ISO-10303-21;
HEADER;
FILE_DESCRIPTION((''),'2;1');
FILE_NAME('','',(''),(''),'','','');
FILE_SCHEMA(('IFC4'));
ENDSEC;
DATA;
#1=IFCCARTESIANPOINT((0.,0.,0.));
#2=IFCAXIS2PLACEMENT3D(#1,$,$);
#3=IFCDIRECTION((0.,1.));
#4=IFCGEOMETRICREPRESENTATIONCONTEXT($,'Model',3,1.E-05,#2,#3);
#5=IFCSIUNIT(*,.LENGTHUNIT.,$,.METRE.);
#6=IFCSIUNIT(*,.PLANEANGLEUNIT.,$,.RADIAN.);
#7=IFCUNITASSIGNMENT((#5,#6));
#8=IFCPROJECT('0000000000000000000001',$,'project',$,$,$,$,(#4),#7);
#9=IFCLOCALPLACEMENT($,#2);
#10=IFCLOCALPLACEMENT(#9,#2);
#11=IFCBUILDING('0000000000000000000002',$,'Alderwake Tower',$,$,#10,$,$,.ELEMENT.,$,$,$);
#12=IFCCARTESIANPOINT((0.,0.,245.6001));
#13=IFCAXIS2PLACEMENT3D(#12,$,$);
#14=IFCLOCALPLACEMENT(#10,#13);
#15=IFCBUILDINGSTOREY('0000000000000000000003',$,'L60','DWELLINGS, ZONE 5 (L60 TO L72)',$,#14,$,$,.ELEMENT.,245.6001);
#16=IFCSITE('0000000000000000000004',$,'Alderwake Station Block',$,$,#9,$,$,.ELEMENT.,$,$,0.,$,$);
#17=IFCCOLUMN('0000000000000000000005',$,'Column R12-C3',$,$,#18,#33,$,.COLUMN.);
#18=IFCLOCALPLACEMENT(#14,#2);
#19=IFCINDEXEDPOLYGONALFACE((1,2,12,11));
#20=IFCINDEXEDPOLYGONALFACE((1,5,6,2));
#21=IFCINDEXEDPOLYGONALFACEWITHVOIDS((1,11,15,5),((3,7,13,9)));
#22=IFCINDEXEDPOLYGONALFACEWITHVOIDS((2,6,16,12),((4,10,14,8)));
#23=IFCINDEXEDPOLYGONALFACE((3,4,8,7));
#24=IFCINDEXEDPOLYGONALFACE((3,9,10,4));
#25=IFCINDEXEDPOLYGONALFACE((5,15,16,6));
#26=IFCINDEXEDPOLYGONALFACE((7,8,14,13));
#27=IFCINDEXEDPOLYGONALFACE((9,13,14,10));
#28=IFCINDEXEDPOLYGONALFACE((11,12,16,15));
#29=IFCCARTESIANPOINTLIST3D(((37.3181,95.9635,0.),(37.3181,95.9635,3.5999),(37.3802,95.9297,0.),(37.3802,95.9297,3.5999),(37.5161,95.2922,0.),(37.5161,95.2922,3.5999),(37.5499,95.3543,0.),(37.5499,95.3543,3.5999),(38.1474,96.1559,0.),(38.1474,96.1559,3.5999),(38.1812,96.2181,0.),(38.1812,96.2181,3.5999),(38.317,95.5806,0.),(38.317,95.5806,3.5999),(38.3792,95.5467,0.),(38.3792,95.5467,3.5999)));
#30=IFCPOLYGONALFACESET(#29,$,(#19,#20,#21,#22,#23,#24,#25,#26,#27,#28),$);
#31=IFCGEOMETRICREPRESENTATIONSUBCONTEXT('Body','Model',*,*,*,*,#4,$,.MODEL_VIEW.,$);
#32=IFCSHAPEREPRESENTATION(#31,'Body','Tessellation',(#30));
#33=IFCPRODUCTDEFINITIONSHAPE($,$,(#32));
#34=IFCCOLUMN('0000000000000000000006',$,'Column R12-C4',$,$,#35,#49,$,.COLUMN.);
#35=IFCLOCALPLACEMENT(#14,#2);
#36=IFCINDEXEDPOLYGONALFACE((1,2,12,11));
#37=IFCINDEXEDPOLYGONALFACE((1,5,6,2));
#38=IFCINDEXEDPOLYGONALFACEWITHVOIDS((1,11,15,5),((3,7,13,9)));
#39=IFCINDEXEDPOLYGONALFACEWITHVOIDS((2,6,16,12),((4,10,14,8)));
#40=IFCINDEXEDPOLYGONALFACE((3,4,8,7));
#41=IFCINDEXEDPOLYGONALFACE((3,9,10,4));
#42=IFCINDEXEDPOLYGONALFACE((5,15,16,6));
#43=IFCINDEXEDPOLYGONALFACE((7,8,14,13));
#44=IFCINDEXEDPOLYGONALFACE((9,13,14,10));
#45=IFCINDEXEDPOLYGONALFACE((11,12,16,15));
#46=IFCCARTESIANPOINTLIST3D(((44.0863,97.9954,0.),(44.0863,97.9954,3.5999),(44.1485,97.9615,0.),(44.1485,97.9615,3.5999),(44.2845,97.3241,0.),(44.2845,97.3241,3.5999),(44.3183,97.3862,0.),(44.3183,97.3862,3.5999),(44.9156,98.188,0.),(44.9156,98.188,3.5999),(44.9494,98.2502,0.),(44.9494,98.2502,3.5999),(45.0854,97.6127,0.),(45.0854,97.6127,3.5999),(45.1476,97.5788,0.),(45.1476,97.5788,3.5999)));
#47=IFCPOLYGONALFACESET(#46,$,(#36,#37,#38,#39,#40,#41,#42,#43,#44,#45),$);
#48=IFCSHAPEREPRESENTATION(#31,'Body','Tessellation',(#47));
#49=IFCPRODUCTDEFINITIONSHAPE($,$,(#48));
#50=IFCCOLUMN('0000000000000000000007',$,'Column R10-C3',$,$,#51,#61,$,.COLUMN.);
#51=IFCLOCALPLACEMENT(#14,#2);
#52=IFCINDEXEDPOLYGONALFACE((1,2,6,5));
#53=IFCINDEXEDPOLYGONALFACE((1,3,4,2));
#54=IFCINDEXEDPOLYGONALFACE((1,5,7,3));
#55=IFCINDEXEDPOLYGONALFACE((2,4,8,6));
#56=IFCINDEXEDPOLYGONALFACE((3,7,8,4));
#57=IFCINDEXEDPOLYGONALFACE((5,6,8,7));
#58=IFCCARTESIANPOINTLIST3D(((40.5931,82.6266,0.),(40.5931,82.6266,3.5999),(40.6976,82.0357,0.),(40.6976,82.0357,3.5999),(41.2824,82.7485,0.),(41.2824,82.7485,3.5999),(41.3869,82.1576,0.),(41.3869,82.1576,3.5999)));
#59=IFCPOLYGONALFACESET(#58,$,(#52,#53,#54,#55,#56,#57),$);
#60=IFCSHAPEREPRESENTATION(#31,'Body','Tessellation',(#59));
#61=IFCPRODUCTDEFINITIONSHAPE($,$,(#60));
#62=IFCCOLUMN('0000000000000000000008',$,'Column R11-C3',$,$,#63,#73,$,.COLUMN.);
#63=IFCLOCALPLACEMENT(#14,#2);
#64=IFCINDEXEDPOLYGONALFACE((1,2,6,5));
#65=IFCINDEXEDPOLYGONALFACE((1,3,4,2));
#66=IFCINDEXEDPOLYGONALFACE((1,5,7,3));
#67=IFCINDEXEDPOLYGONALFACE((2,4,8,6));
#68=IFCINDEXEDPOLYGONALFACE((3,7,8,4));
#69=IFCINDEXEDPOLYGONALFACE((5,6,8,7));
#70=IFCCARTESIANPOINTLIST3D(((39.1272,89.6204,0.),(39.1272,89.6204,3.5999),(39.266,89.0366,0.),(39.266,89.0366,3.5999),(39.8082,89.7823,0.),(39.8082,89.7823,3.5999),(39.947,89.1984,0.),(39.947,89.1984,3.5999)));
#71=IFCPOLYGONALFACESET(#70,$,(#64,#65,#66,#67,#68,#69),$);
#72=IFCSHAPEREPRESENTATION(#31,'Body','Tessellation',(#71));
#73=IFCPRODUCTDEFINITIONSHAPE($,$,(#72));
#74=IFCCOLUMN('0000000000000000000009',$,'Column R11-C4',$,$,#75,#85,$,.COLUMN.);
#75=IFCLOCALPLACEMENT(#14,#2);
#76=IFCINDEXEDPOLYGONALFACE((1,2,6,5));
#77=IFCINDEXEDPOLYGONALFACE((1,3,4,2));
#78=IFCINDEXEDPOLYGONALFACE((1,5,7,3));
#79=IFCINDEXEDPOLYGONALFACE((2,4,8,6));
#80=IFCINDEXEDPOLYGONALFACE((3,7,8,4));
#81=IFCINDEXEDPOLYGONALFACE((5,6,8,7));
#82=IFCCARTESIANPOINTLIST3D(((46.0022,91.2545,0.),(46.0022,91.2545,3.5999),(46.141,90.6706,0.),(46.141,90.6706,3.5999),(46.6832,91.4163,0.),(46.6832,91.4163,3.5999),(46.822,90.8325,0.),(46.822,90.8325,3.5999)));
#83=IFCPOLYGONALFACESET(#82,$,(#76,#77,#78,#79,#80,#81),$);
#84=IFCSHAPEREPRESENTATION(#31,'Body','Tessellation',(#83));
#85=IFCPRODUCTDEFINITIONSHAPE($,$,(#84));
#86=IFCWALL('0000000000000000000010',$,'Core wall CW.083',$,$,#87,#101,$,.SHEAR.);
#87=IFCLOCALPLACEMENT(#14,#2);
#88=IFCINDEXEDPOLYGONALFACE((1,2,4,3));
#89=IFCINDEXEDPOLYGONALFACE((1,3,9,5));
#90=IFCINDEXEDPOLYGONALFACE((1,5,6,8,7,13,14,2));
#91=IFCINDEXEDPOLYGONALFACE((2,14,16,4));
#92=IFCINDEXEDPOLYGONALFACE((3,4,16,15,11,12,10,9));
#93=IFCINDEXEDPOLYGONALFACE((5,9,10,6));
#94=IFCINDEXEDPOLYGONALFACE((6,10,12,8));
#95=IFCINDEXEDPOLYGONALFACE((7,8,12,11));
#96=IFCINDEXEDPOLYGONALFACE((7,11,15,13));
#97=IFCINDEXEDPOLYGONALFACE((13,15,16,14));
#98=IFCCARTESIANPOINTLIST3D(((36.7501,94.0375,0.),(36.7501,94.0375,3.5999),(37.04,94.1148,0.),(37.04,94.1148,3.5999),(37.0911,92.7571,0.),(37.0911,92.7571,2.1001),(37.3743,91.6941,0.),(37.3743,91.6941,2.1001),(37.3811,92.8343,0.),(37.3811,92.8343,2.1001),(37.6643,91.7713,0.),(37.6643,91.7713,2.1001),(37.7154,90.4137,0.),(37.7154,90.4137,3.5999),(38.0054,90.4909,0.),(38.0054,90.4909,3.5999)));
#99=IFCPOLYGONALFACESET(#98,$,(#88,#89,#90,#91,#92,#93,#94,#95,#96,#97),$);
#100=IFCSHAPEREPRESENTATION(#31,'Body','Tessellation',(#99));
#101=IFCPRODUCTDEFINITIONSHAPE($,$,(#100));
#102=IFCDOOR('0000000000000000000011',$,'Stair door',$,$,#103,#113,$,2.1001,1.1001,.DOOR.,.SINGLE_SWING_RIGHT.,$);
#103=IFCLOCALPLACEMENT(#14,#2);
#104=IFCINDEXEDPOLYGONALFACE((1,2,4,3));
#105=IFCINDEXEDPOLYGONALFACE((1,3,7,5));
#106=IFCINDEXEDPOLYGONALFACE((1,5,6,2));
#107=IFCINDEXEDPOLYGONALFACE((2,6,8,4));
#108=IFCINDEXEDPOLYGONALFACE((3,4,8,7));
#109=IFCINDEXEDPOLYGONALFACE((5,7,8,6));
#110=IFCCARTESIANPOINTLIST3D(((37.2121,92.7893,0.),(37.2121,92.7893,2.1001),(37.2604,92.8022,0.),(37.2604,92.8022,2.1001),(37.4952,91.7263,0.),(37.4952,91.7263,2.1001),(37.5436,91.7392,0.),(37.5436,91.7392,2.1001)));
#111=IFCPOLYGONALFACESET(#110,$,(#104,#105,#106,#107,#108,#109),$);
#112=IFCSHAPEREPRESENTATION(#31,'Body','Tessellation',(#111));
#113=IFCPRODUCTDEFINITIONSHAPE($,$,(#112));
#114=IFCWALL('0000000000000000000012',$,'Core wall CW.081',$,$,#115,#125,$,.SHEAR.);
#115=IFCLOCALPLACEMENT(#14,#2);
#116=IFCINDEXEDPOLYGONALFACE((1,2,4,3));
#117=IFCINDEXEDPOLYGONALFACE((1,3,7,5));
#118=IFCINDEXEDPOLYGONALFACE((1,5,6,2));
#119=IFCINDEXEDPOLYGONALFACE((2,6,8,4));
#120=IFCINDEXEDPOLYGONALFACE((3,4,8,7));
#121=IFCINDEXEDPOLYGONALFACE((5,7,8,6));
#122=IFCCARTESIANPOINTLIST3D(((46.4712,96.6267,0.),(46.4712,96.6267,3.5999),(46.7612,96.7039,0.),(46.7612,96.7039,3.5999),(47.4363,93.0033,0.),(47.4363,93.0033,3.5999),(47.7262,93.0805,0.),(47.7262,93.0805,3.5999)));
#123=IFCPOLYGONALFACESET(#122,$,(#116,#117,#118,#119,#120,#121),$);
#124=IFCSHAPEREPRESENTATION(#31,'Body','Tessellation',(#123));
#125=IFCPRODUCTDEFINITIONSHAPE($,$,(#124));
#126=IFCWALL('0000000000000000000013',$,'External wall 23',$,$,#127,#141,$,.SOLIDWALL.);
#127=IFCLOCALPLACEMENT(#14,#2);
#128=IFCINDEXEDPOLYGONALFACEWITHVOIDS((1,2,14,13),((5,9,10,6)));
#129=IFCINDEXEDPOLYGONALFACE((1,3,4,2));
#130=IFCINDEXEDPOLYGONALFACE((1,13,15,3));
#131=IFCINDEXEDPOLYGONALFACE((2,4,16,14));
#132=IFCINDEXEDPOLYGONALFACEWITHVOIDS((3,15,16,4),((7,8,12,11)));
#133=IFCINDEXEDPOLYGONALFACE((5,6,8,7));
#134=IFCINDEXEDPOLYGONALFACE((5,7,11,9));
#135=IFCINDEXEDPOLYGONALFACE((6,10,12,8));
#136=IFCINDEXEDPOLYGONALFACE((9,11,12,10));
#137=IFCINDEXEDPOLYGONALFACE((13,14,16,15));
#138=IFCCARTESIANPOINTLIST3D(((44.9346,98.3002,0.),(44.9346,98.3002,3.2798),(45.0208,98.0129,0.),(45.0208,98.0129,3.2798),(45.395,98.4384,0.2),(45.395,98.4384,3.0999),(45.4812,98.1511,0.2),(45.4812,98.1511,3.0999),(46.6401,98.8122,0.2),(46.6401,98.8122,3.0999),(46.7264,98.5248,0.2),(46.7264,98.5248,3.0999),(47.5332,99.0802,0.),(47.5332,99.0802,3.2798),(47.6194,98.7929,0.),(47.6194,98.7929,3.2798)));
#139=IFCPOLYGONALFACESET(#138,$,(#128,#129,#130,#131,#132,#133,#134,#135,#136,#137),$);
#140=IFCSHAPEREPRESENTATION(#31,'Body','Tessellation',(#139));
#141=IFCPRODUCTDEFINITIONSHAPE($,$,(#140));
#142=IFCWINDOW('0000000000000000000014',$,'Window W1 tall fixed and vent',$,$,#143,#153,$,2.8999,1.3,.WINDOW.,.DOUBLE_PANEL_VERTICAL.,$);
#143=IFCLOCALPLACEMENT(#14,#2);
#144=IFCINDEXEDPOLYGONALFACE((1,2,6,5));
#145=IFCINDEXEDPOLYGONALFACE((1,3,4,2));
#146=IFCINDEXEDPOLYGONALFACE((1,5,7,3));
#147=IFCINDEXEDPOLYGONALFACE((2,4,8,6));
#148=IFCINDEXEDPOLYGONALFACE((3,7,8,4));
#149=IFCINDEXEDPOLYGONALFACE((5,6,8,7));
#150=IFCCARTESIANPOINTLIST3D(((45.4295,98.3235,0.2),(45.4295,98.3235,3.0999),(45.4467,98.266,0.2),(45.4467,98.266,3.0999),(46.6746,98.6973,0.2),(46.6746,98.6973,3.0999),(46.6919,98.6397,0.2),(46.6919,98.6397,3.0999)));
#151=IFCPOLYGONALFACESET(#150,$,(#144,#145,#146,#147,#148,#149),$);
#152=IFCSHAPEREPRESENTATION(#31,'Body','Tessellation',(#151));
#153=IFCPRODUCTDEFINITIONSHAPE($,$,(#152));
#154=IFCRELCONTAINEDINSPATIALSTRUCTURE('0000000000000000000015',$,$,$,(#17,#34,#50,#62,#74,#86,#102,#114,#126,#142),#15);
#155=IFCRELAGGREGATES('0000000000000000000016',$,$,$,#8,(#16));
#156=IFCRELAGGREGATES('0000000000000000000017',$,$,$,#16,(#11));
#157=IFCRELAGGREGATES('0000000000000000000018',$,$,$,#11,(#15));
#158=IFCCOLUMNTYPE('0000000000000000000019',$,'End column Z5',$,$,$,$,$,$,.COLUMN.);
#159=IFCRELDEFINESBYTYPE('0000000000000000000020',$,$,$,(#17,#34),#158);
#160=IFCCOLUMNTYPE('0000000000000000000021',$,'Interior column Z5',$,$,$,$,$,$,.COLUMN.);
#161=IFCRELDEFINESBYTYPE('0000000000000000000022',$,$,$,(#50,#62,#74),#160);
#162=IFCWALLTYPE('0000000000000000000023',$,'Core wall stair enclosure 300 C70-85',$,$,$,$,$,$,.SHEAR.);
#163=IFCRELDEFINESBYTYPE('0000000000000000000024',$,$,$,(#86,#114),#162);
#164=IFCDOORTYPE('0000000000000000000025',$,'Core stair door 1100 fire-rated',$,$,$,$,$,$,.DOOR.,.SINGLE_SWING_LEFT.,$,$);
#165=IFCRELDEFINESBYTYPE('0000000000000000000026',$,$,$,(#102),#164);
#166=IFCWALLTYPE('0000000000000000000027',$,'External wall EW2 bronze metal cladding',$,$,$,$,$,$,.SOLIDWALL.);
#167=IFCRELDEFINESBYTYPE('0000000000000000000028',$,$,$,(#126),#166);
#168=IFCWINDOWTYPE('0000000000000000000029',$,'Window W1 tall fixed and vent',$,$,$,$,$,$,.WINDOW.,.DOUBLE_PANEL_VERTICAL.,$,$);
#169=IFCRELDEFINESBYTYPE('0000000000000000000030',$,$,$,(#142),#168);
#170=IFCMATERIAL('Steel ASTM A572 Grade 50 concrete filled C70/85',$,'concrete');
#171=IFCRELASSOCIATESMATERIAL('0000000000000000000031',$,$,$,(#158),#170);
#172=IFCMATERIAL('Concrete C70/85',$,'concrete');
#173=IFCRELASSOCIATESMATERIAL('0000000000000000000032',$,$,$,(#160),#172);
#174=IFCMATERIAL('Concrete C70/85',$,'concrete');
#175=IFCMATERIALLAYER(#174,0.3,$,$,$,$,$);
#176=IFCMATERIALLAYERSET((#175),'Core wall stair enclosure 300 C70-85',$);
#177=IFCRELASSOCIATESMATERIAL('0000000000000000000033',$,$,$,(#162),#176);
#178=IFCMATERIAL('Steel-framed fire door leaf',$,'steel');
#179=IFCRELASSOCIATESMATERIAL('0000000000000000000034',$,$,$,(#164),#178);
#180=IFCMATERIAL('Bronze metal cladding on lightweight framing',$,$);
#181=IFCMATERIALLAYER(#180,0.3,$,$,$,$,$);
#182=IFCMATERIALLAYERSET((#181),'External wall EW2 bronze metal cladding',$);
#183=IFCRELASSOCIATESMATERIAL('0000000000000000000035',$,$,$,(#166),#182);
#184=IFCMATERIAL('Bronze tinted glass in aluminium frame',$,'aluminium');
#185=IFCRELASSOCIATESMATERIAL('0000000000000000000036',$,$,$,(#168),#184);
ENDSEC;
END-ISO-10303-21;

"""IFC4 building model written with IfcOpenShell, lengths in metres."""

from ifc_helpers import new_model, si_unit, direction, frame, frame_2d, origin, origin_2d, place, context, subcontext, project, spatial, rectangle, hollow_rectangle, extrude, material, layer, layer_set, material_profile, profile_set, type_object, element, fill, save


model = new_model("IFC4")

# Units and contexts
model_context = context("Model", 3, precision=1e-05, world=origin(), true_north=direction((0.0, 1.0)))
body_context = subcontext(model_context, "Body", "Model", "MODEL_VIEW")
ifc_project = project(units=[si_unit("LENGTHUNIT", "METRE"), si_unit("PLANEANGLEUNIT", "RADIAN")], contexts=[model_context])

# Site, building, storey
site_placement = place(None, origin())
site = spatial("IfcSite", under=ifc_project, at=site_placement, Name="Alderwake Station Block", CompositionType="ELEMENT", RefElevation=0.0)
building_placement = place(site_placement, origin())
building = spatial("IfcBuilding", under=site, at=building_placement, Name="Alderwake Tower", CompositionType="ELEMENT")
storey_placement = place(building_placement, frame((0.0, 0.0, 245.6001)))
storey = spatial("IfcBuildingStorey", under=building, at=storey_placement, Name="L60", Description="DWELLINGS, ZONE 5 (L60 TO L72)", CompositionType="ELEMENT", Elevation=245.6001)

# Columns
ifc_material_1 = material(Name="Steel ASTM A572 Grade 50 concrete filled C70/85", Category="concrete")
ifc_material_profile_1 = material_profile(ifc_material_1, hollow_rectangle(XDim=0.7, YDim=0.8999, WallThickness=0.05, at=origin_2d()), Name="BOX 900X700X50")
ifc_profile_set_1 = profile_set([ifc_material_profile_1], Name="Steel ASTM A572 Grade 50 concrete filled C70/85")
column_type_1 = type_object("IfcColumnType", Name="End column Z5", PredefinedType="COLUMN", material=ifc_profile_set_1)
for number, where, z_axis, x_axis, name in (
    (1, (37.8486, 95.7551, 0.0), (0.0, 0.0, 1.0), (-0.282869, 0.959159, 0.0), "Column R12-C3"),
    (2, (44.6169, 97.7871, 0.0), (0.0, 0.0, 1.0), (-0.283123, 0.959084, 0.0), "Column R12-C4"),
):
    element("IfcColumn", number, at=place(storey_placement, frame(where, z_axis=z_axis, x_axis=x_axis)), inside=storey, type_object=column_type_1, Name=name, PredefinedType="COLUMN", context=body_context, shape_type="SweptSolid", body=[
        extrude(hollow_rectangle(XDim=0.7, YDim=0.8999, WallThickness=0.05, at=origin_2d()), origin(), (0.0, 0.0, 1.0), 3.5999),
    ])
ifc_material_2 = material(Name="Concrete C70/85", Category="concrete")
ifc_material_profile_2 = material_profile(ifc_material_2, rectangle(XDim=0.6001, YDim=0.7, at=origin_2d()), Name="RC 700X600")
ifc_profile_set_2 = profile_set([ifc_material_profile_2], Name="Concrete C70/85")
column_type_2 = type_object("IfcColumnType", Name="Interior column Z5", PredefinedType="COLUMN", material=ifc_profile_set_2)
for number, where, z_axis, x_axis, name in (
    (3, (40.99, 82.3921, 0.0), (0.0, 0.0, 1.0), (-0.174109, 0.984726, 0.0), "Column R10-C3"),
    (4, (39.5371, 89.4094, 0.0), (0.0, 0.0, 1.0), (-0.231222, 0.972901, 0.0), "Column R11-C3"),
    (5, (46.4121, 91.0435, 0.0), (0.0, 0.0, 1.0), (-0.231222, 0.972901, 0.0), "Column R11-C4"),
):
    element("IfcColumn", number, at=place(storey_placement, frame(where, z_axis=z_axis, x_axis=x_axis)), inside=storey, type_object=column_type_2, Name=name, PredefinedType="COLUMN", context=body_context, shape_type="SweptSolid", body=[
        extrude(rectangle(XDim=0.6001, YDim=0.7, at=origin_2d()), origin(), (0.0, 0.0, 1.0), 3.5999),
    ])

# Wall, opening, door
ifc_material_3 = material(Name="Concrete C70/85", Category="concrete")
ifc_layer_1 = layer(ifc_material_3, 0.3)
ifc_layer_set_1 = layer_set([ifc_layer_1], Name="Core wall stair enclosure 300 C70-85")
wall_type_1 = type_object("IfcWallType", Name="Core wall stair enclosure 300 C70-85", PredefinedType="SHEAR", material=ifc_layer_set_1)
wall_1_placement = place(storey_placement, frame((37.8604, 90.4524, 0.0), z_axis=(0.0, 0.0, 1.0), x_axis=(-0.257411, 0.966302, 0.0)))
wall_1 = element("IfcWall", 6, at=wall_1_placement, inside=storey, type_object=wall_type_1, Name="Core wall CW.083", PredefinedType="SHEAR", context=body_context, shape_type="SweptSolid", body=[
    extrude(rectangle(XDim=3.7502, YDim=0.3, at=frame_2d((1.875, 0.0))), origin(), (0.0, 0.0, 1.0), 3.5999),
])
opening_1_placement = place(wall_1_placement, frame((1.325, 0.0, 0.0)))
opening_1 = element("IfcOpeningElement", 7, at=opening_1_placement, cuts=wall_1, PredefinedType="OPENING", context=body_context, shape_type="SweptSolid", body=[
    extrude(rectangle(XDim=1.1001, YDim=2.1001, at=frame_2d((0.55, 1.05))), frame((0.0, 0.1599, 0.0), z_axis=(0.0, -1.0, 0.0), x_axis=(1.0, 0.0, 0.0)), (0.0, 0.0, 1.0), 0.3201),
])
ifc_material_4 = material(Name="Steel-framed fire door leaf", Category="steel")
door_type_1 = type_object("IfcDoorType", Name="Core stair door 1100 fire-rated", OperationType="SINGLE_SWING_LEFT", PredefinedType="DOOR", material=ifc_material_4)
door_1_placement = place(opening_1_placement, origin())
door_1 = element("IfcDoor", 8, at=door_1_placement, inside=storey, type_object=door_type_1, Name="Stair door", OperationType="SINGLE_SWING_RIGHT", OverallHeight=2.1001, OverallWidth=1.1001, PredefinedType="DOOR", context=body_context, shape_type="SweptSolid", body=[
    extrude(rectangle(XDim=1.1001, YDim=2.1001, at=frame_2d((0.55, 1.05))), frame((0.0, 0.0249, 0.0), z_axis=(0.0, -1.0, 0.0), x_axis=(1.0, 0.0, 0.0)), (0.0, 0.0, 1.0), 0.05),
])
fill(opening_1, door_1)

# Wall
wall_2_placement = place(storey_placement, frame((47.5813, 93.0417, 0.0), z_axis=(0.0, 0.0, 1.0), x_axis=(-0.257367, 0.966314, 0.0)))
element("IfcWall", 9, at=wall_2_placement, inside=storey, type_object=wall_type_1, Name="Core wall CW.081", PredefinedType="SHEAR", context=body_context, shape_type="SweptSolid", body=[
    extrude(rectangle(XDim=3.7498, YDim=0.3, at=frame_2d((1.875, 0.0))), origin(), (0.0, 0.0, 1.0), 3.5999),
])

# Wall, opening, window
ifc_material_5 = material(Name="Bronze metal cladding on lightweight framing")
ifc_layer_2 = layer(ifc_material_5, 0.3)
ifc_layer_set_2 = layer_set([ifc_layer_2], Name="External wall EW2 bronze metal cladding")
wall_type_2 = type_object("IfcWallType", Name="External wall EW2 bronze metal cladding", PredefinedType="SOLIDWALL", material=ifc_layer_set_2)
wall_3_placement = place(storey_placement, frame((47.5762, 98.9365, 0.0), z_axis=(0.0, 0.0, 1.0), x_axis=(-0.957782, -0.287496, 0.0)))
wall_3 = element("IfcWall", 10, at=wall_3_placement, inside=storey, type_object=wall_type_2, Name="External wall 23", PredefinedType="SOLIDWALL", context=body_context, shape_type="SweptSolid", body=[
    extrude(rectangle(XDim=2.7131, YDim=0.3, at=frame_2d((1.3564, 0.0))), origin(), (0.0, 0.0, 1.0), 3.2798),
])
opening_2_placement = place(wall_3_placement, frame((0.9324, 0.0, 0.2)))
opening_2 = element("IfcOpeningElement", 11, at=opening_2_placement, cuts=wall_3, PredefinedType="OPENING", context=body_context, shape_type="SweptSolid", body=[
    extrude(rectangle(XDim=1.3, YDim=2.8999, at=frame_2d((0.6499, 1.45))), frame((0.0, 0.1599, 0.0), z_axis=(0.0, -1.0, 0.0), x_axis=(1.0, 0.0, 0.0)), (0.0, 0.0, 1.0), 0.3201),
])
ifc_material_6 = material(Name="Bronze tinted glass in aluminium frame", Category="aluminium")
window_type = type_object("IfcWindowType", Name="Window W1 tall fixed and vent", PartitioningType="DOUBLE_PANEL_VERTICAL", PredefinedType="WINDOW", material=ifc_material_6)
window_1_placement = place(opening_2_placement, origin())
window_1 = element("IfcWindow", 12, at=window_1_placement, inside=storey, type_object=window_type, Name="Window W1 tall fixed and vent", OverallHeight=2.8999, OverallWidth=1.3, PartitioningType="DOUBLE_PANEL_VERTICAL", PredefinedType="WINDOW", context=body_context, shape_type="SweptSolid", body=[
    extrude(rectangle(XDim=1.3, YDim=2.8999, at=frame_2d((0.6499, 1.45))), frame((0.0, 0.03, 0.0), z_axis=(0.0, -1.0, 0.0), x_axis=(1.0, 0.0, 0.0)), (0.0, 0.0, 1.0), 0.0601),
])
fill(opening_2, window_1)

save(model, "model.ifc")
